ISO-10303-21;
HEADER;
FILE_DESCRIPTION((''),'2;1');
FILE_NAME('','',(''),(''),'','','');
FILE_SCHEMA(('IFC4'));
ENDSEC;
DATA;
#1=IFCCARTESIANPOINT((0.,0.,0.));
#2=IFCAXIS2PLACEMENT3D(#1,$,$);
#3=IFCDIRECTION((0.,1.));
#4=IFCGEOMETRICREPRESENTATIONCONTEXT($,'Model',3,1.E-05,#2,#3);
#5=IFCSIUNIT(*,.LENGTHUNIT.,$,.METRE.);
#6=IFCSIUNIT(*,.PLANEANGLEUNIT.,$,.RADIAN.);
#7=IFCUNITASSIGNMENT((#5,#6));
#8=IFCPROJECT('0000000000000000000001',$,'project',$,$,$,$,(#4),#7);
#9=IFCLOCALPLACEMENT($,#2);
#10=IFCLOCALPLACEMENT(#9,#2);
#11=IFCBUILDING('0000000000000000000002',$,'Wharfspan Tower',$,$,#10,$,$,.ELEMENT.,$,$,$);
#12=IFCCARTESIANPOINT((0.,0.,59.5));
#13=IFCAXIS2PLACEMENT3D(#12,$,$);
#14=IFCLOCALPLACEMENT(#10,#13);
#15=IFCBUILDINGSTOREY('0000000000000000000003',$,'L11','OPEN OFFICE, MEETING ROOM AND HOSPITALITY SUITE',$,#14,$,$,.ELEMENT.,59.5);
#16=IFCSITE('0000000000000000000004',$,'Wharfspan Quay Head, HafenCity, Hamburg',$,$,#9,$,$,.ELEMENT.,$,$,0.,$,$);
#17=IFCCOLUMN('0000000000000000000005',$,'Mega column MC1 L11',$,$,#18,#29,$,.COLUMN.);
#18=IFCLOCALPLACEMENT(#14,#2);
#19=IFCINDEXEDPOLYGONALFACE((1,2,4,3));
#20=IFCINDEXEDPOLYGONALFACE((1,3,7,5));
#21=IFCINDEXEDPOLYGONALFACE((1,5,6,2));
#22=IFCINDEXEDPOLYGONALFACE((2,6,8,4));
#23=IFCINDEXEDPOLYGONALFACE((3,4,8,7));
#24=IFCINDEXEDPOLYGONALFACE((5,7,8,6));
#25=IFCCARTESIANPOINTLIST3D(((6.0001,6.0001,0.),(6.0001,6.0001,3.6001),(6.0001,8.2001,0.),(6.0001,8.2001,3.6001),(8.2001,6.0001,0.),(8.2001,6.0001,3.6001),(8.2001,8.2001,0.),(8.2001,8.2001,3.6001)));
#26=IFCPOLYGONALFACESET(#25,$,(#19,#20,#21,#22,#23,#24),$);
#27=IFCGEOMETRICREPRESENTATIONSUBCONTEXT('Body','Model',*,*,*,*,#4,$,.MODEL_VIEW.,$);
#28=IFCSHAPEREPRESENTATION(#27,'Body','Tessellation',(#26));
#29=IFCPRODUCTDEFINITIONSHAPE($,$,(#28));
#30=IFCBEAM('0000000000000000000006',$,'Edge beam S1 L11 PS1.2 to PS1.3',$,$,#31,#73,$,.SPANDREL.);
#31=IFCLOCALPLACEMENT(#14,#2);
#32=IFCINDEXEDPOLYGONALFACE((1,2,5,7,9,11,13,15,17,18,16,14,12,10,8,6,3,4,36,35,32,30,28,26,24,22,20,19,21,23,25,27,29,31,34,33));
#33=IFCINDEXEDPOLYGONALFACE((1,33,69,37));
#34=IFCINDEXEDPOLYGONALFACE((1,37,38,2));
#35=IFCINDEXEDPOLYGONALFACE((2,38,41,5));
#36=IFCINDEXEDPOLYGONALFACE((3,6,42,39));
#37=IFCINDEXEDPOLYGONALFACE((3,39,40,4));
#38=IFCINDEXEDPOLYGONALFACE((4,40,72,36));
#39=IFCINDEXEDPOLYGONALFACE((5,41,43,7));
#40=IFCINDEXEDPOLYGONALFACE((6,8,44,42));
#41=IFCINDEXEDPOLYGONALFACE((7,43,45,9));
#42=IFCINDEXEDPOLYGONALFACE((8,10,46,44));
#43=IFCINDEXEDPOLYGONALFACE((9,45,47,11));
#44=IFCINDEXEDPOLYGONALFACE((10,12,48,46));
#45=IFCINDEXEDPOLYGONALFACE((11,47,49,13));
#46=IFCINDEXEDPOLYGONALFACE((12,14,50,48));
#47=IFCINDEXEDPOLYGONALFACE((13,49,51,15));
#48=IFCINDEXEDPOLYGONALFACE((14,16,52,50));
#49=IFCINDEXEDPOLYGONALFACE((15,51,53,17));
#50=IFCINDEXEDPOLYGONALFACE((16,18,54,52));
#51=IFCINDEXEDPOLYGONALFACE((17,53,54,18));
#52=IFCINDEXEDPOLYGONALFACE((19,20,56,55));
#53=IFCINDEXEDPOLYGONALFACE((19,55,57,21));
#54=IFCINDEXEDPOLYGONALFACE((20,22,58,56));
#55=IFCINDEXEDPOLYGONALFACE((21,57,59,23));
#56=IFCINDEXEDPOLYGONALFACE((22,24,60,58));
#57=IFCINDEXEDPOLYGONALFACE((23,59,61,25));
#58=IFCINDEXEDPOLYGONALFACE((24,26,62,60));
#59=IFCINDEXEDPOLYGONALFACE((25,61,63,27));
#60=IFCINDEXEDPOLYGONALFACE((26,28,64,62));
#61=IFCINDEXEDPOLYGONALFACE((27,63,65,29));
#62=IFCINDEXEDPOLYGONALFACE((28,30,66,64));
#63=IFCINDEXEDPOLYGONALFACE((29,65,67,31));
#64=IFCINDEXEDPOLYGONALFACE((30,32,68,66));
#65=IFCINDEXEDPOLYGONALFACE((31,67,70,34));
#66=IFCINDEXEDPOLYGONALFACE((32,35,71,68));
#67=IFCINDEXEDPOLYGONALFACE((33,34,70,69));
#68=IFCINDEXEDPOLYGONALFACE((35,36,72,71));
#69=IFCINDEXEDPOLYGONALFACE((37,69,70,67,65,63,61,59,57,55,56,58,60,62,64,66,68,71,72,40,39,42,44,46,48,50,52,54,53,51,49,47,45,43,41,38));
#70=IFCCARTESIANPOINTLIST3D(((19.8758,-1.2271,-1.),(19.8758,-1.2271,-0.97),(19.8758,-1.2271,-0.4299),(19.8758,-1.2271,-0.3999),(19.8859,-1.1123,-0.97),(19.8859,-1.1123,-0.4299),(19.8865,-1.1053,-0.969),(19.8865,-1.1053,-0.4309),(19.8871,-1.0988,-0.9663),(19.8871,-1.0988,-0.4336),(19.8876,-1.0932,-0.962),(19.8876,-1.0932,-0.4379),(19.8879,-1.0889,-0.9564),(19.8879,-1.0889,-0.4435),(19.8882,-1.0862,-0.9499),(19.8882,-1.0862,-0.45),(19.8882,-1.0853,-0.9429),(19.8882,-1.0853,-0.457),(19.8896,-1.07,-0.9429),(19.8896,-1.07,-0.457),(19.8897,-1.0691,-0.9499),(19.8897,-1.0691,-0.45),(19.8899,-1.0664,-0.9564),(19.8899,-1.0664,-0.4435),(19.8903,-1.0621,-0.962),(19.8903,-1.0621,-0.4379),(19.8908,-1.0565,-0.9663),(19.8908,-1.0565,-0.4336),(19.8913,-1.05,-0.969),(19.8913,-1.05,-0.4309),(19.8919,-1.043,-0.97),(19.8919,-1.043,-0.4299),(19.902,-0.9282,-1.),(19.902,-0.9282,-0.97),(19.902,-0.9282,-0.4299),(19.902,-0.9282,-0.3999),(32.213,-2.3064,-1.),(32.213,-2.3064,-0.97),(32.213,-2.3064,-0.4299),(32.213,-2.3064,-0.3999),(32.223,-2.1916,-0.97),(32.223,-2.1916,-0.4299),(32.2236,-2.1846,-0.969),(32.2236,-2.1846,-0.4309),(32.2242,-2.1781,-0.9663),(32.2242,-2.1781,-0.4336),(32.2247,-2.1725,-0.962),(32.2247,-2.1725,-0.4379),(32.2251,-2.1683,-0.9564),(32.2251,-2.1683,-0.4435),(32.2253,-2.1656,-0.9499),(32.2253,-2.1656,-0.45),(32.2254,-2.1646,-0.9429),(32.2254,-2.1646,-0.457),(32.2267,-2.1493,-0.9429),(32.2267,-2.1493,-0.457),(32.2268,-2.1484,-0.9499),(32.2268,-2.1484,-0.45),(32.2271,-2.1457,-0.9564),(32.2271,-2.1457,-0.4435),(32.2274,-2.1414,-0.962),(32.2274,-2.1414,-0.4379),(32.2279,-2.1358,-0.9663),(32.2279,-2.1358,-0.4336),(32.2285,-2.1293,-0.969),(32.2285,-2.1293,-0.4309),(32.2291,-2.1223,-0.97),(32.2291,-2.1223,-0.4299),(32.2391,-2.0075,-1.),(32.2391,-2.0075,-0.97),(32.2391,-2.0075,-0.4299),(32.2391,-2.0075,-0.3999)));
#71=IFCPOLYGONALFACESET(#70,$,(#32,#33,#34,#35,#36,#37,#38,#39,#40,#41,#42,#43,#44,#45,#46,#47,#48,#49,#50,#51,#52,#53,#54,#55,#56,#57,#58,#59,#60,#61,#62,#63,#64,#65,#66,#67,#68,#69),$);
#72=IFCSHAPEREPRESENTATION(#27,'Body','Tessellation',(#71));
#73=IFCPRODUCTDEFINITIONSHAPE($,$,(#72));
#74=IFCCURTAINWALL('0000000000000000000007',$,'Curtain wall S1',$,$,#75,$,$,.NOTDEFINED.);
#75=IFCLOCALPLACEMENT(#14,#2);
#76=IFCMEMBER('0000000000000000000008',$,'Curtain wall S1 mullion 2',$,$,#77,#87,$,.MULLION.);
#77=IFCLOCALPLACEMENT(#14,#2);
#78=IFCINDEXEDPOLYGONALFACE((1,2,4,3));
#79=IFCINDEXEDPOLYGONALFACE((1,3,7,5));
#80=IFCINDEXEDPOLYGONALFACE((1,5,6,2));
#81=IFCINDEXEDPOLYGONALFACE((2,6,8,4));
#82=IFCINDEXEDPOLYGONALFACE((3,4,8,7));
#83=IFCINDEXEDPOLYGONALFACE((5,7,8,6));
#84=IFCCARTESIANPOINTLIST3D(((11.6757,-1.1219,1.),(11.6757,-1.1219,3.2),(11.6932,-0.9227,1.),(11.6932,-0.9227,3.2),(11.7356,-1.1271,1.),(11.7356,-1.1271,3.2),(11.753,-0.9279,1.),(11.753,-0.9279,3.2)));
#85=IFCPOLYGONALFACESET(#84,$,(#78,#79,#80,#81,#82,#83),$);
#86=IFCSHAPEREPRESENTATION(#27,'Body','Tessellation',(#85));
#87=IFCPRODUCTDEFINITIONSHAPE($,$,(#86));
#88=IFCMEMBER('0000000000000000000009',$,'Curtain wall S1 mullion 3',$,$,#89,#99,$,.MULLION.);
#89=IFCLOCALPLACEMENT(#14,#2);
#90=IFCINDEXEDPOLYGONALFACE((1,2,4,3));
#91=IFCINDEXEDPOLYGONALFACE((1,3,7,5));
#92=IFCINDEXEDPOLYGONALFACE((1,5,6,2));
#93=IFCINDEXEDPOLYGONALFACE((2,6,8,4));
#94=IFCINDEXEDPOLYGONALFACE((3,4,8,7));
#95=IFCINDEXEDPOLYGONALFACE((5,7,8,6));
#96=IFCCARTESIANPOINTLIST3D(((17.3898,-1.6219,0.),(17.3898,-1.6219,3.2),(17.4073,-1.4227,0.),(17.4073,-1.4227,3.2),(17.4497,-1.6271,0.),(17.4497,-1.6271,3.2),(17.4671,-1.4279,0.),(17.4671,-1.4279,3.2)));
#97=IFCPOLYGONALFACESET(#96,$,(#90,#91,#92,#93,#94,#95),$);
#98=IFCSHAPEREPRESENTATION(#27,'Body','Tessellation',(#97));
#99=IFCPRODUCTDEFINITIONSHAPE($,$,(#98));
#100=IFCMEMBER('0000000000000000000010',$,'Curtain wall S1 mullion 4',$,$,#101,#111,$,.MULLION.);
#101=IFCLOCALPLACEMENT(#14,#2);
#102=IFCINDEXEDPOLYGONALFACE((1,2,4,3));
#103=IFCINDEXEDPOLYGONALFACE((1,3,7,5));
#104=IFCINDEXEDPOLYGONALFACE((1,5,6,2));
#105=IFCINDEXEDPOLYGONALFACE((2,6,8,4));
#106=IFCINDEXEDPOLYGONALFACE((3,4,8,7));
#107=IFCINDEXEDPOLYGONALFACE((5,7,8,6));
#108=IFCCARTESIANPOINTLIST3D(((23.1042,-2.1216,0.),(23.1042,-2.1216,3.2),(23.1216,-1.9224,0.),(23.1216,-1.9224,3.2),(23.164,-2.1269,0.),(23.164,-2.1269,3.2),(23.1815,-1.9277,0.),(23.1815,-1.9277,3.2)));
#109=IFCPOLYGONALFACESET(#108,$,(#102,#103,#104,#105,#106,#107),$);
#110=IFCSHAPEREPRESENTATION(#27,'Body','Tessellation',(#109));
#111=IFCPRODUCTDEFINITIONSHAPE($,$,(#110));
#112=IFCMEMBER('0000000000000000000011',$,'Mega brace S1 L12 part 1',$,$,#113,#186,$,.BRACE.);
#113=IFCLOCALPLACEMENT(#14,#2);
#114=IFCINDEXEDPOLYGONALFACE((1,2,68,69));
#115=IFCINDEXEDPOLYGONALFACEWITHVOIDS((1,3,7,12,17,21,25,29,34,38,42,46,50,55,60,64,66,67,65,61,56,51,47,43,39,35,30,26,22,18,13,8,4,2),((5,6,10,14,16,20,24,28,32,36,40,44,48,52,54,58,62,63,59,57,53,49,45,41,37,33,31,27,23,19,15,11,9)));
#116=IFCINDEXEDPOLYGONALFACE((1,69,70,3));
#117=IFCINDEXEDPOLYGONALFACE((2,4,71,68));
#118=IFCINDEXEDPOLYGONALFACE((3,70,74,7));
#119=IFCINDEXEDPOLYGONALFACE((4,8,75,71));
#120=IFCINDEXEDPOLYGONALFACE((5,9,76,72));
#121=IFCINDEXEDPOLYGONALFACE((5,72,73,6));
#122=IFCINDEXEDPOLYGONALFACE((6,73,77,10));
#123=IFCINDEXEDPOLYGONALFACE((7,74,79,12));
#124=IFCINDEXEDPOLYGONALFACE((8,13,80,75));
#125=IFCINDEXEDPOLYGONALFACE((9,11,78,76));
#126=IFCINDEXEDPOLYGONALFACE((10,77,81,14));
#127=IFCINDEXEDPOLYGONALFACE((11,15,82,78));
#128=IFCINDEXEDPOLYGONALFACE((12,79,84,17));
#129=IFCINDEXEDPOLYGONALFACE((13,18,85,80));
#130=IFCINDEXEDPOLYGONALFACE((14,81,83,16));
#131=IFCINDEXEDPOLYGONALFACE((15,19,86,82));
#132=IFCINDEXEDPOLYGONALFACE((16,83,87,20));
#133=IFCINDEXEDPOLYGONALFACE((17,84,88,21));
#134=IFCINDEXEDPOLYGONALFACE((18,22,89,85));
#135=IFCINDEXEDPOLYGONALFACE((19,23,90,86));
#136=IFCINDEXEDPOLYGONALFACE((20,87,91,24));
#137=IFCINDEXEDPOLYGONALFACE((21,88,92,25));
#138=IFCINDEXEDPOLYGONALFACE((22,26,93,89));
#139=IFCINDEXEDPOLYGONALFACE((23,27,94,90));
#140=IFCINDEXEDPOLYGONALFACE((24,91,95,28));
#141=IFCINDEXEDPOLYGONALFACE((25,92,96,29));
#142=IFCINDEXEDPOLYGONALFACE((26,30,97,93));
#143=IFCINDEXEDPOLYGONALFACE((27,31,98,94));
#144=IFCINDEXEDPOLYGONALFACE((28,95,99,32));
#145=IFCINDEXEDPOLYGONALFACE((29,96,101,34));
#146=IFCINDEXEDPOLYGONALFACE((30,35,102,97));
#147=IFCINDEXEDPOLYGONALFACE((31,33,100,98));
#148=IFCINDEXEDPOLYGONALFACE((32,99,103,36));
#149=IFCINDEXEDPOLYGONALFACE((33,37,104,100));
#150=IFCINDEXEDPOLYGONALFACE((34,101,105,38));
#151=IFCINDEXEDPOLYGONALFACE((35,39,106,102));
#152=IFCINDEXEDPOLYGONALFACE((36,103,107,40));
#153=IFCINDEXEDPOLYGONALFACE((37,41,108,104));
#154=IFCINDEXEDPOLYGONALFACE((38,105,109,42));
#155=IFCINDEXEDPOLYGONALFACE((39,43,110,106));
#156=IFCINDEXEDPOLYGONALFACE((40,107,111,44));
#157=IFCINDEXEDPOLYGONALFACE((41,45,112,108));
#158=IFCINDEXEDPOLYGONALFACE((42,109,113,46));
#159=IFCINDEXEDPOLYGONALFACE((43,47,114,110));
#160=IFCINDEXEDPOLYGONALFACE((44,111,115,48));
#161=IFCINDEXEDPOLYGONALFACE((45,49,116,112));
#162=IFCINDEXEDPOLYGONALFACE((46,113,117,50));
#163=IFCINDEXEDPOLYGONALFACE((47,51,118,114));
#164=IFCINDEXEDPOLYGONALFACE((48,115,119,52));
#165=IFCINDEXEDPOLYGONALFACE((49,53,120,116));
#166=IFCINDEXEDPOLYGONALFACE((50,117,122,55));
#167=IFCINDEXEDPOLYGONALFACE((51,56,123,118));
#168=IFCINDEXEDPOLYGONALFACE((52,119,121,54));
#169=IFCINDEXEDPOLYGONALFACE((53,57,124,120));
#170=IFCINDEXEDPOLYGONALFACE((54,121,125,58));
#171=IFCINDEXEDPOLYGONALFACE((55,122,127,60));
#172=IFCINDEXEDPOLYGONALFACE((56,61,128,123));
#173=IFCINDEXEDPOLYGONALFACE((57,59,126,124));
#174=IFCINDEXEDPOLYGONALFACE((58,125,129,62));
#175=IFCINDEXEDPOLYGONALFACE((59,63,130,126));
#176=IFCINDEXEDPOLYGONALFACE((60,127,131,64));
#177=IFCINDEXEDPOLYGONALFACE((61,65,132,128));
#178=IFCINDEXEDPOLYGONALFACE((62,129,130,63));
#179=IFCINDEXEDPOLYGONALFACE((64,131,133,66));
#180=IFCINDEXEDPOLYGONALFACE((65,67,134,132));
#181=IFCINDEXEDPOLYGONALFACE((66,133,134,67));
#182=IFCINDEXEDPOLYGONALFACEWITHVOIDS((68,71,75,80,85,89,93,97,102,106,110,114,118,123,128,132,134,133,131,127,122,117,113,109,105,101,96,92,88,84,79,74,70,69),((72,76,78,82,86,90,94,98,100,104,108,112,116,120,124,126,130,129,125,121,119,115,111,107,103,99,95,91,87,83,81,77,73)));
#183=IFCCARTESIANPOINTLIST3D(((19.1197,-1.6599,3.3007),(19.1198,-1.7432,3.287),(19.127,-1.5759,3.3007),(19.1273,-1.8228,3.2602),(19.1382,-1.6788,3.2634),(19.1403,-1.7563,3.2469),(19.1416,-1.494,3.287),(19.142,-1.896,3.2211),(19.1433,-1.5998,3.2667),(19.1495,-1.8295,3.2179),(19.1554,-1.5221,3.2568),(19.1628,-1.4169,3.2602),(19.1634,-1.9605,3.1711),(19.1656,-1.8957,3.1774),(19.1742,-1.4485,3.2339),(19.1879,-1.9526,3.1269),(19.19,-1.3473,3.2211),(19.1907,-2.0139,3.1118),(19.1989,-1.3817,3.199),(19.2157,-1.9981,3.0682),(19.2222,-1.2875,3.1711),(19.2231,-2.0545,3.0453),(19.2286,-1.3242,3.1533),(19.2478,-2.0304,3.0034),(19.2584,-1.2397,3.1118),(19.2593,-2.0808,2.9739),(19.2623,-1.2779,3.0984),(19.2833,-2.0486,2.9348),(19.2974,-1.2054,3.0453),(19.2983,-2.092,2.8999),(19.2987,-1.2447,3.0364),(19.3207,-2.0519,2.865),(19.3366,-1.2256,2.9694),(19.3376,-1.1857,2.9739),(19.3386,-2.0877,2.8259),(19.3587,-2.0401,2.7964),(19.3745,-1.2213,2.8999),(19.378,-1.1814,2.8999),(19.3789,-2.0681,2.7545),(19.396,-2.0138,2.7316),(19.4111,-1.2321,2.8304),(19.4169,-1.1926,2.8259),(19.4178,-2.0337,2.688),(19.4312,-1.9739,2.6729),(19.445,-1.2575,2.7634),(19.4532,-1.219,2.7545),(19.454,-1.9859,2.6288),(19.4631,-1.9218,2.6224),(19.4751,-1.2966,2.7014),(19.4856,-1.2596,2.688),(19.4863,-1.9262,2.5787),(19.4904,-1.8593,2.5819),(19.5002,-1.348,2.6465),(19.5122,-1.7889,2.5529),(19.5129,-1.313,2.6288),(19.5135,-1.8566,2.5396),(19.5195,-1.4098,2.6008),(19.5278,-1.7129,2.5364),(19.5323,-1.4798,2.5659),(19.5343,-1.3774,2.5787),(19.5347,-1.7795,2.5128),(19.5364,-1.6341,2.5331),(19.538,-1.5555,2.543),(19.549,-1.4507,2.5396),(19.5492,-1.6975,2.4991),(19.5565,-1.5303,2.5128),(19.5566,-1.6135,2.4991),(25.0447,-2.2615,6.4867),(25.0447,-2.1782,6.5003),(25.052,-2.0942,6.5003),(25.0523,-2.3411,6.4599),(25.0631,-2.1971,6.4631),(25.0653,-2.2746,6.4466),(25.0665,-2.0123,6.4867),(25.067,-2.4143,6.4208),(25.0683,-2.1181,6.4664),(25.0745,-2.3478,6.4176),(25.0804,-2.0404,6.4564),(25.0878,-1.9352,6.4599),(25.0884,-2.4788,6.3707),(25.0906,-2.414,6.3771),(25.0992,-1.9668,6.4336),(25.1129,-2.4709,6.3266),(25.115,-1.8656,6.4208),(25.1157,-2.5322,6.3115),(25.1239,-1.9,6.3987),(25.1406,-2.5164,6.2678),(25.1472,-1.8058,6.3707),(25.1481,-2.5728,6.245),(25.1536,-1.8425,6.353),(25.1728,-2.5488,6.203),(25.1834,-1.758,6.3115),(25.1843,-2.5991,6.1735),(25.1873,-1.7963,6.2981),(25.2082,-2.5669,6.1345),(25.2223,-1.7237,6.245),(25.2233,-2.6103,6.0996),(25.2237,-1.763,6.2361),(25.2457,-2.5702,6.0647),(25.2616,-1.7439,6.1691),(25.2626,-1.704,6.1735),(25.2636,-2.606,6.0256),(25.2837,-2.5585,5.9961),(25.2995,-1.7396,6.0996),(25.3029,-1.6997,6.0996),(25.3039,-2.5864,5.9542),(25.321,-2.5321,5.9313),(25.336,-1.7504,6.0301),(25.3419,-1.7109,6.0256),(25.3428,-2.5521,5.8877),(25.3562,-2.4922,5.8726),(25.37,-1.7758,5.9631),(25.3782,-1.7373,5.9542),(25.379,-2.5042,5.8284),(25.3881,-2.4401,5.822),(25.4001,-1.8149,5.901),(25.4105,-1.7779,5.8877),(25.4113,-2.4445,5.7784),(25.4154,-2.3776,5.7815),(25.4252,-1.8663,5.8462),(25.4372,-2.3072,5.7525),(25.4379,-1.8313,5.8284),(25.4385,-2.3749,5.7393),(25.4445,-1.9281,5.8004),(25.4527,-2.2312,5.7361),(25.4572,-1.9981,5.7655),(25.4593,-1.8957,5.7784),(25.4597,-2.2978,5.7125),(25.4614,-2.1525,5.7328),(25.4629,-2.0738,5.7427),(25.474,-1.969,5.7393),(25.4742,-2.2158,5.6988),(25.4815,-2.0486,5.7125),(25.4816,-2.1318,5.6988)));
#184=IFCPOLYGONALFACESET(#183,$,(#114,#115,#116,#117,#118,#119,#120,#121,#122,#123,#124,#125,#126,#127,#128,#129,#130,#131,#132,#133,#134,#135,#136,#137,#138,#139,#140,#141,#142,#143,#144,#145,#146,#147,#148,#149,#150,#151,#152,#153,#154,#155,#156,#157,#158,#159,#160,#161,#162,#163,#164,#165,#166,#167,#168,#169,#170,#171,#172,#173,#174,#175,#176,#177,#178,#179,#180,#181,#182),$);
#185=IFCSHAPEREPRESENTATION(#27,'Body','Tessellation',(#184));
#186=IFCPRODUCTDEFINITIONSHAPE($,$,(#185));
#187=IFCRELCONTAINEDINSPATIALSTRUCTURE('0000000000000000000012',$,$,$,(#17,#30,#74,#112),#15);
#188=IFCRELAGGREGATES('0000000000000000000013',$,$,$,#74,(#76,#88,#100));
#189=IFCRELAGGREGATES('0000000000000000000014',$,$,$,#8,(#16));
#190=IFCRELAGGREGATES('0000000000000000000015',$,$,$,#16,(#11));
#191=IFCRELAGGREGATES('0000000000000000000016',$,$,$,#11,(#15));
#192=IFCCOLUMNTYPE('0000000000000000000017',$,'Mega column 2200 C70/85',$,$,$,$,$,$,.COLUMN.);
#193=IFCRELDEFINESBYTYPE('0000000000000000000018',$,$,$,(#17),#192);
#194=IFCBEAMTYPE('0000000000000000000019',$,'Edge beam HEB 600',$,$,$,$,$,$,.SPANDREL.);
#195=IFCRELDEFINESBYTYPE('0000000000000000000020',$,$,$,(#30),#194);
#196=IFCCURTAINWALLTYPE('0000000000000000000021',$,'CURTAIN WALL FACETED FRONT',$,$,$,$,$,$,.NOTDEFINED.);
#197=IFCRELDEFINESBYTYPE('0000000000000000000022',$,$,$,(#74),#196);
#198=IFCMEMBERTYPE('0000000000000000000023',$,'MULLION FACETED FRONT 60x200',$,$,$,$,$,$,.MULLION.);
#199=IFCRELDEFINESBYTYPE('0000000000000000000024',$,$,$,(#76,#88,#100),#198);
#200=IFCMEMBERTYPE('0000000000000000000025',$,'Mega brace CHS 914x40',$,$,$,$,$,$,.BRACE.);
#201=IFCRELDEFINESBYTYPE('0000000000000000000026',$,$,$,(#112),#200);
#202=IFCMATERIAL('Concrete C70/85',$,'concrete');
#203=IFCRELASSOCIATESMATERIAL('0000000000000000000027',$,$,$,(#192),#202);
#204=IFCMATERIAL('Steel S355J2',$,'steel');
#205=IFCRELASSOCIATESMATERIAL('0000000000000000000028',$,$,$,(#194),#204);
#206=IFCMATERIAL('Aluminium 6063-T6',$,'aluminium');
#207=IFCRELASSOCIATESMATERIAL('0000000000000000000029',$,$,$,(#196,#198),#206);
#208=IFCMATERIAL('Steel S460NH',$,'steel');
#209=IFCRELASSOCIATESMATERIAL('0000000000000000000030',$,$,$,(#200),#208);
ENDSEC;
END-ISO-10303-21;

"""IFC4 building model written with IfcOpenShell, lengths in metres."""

from ifc_helpers import new_model, si_unit, direction, frame, origin, origin_2d, place, context, subcontext, project, spatial, rectangle, hollow_circle, i_section, extrude, material, material_profile, profile_set, type_object, element, aggregate, save


model = new_model("IFC4")

# Units and contexts
model_context = context("Model", 3, precision=1e-05, world=origin(), true_north=direction((0.0, 1.0)))
body_context = subcontext(model_context, "Body", "Model", "MODEL_VIEW")
ifc_project = project(units=[si_unit("LENGTHUNIT", "METRE"), si_unit("PLANEANGLEUNIT", "RADIAN")], contexts=[model_context])

# Site, building, storey
site_placement = place(None, origin())
site = spatial("IfcSite", under=ifc_project, at=site_placement, Name="Wharfspan Quay Head, HafenCity, Hamburg", CompositionType="ELEMENT", RefElevation=0.0)
building_placement = place(site_placement, origin())
building = spatial("IfcBuilding", under=site, at=building_placement, Name="Wharfspan Tower", CompositionType="ELEMENT")
storey_placement = place(building_placement, frame((0.0, 0.0, 59.5)))
storey = spatial("IfcBuildingStorey", under=building, at=storey_placement, Name="L11", Description="OPEN OFFICE, MEETING ROOM AND HOSPITALITY SUITE", CompositionType="ELEMENT", Elevation=59.5)

# Column
ifc_material_1 = material(Name="Steel S355J2", Category="steel")
ifc_material_2 = material(Name="Concrete C70/85", Category="concrete")
ifc_material_profile_1 = material_profile(ifc_material_2, rectangle(XDim=2.2, YDim=2.2, at=origin_2d()))
ifc_profile_set_1 = profile_set([ifc_material_profile_1], Name="Concrete C70/85")
column_type_1 = type_object("IfcColumnType", Name="Mega column 2200 C70/85", PredefinedType="COLUMN", material=ifc_profile_set_1)
column_placement = place(storey_placement, frame((7.1001, 7.1001, 0.0), z_axis=(0.0, 0.0, 1.0), x_axis=(1.0, 0.0, 0.0)))
element("IfcColumn", 1, at=column_placement, inside=storey, type_object=column_type_1, Name="Mega column MC1 L11", PredefinedType="COLUMN", context=body_context, shape_type="SweptSolid", body=[
    extrude(rectangle(XDim=2.2, YDim=2.2, at=origin_2d()), origin(), (0.0, 0.0, 1.0), 3.6001),
])

# Beam
ifc_material_profile_2 = material_profile(ifc_material_1, i_section(OverallWidth=0.3, OverallDepth=0.6001, WebThickness=0.0154, FlangeThickness=0.03, FilletRadius=0.0271, at=origin_2d()))
ifc_profile_set_2 = profile_set([ifc_material_profile_2], Name="Steel S355J2")
beam_type = type_object("IfcBeamType", Name="Edge beam HEB 600", PredefinedType="SPANDREL", material=ifc_profile_set_2)
beam_placement = place(storey_placement, frame((19.8889, -1.0776, -0.7), z_axis=(0.996195, -0.087154, 0.0), x_axis=(0.087154, 0.996195, 0.0)))
element("IfcBeam", 2, at=beam_placement, inside=storey, type_object=beam_type, Name="Edge beam S1 L11 PS1.2 to PS1.3", PredefinedType="SPANDREL", context=body_context, shape_type="SweptSolid", body=[
    extrude(i_section(OverallWidth=0.3, OverallDepth=0.6001, WebThickness=0.0154, FlangeThickness=0.03, FilletRadius=0.0271, at=origin_2d()), origin(), (0.0, 0.0, 1.0), 12.3843),
])

# Curtain wall, members
ifc_material_3 = material(Name="Aluminium 6063-T6", Category="aluminium")
curtain_wall_type = type_object("IfcCurtainWallType", Name="CURTAIN WALL FACETED FRONT", PredefinedType="NOTDEFINED", material=ifc_material_3)
curtain_wall_placement = place(storey_placement, origin())
curtain_wall = element("IfcCurtainWall", 3, at=curtain_wall_placement, inside=storey, type_object=curtain_wall_type, Name="Curtain wall S1", PredefinedType="NOTDEFINED")
ifc_material_profile_3 = material_profile(ifc_material_3, rectangle(XDim=0.2, YDim=0.0601, at=origin_2d()))
ifc_profile_set_3 = profile_set([ifc_material_profile_3], Name="Aluminium 6063-T6")
member_type_1 = type_object("IfcMemberType", Name="MULLION FACETED FRONT 60x200", PredefinedType="MULLION", material=ifc_profile_set_3)
member_1_placement = place(storey_placement, frame((11.7144, -1.0249, 1.0), z_axis=(0.0, 0.0, 1.0), x_axis=(0.087156, 0.996197, 0.0)))
member_1 = element("IfcMember", 4, at=member_1_placement, type_object=member_type_1, Name="Curtain wall S1 mullion 2", PredefinedType="MULLION", context=body_context, shape_type="SweptSolid", body=[
    extrude(rectangle(XDim=0.2, YDim=0.0601, at=origin_2d()), origin(), (0.0, 0.0, 1.0), 2.2),
])
member_2_placement = place(storey_placement, frame((17.4285, -1.5249, 0.0), z_axis=(0.0, 0.0, 1.0), x_axis=(0.087156, 0.996197, 0.0)))
member_2 = element("IfcMember", 5, at=member_2_placement, type_object=member_type_1, Name="Curtain wall S1 mullion 3", PredefinedType="MULLION", context=body_context, shape_type="SweptSolid", body=[
    extrude(rectangle(XDim=0.2, YDim=0.0601, at=origin_2d()), origin(), (0.0, 0.0, 1.0), 3.2),
])
member_3_placement = place(storey_placement, frame((23.1428, -2.0247, 0.0), z_axis=(0.0, 0.0, 1.0), x_axis=(0.087156, 0.996197, 0.0)))
member_3 = element("IfcMember", 6, at=member_3_placement, type_object=member_type_1, Name="Curtain wall S1 mullion 4", PredefinedType="MULLION", context=body_context, shape_type="SweptSolid", body=[
    extrude(rectangle(XDim=0.2, YDim=0.0601, at=origin_2d()), origin(), (0.0, 0.0, 1.0), 3.2),
])

# Member
ifc_material_4 = material(Name="Steel S460NH", Category="steel")
ifc_material_profile_4 = material_profile(ifc_material_4, hollow_circle(Radius=0.457, WallThickness=0.04, at=origin_2d()))
ifc_profile_set_4 = profile_set([ifc_material_profile_4], Name="Steel S460NH")
member_type_2 = type_object("IfcMemberType", Name="Mega brace CHS 914x40", PredefinedType="BRACE", material=ifc_profile_set_4)
member_4_placement = place(storey_placement, frame((19.3381, -1.6367, 2.8999), z_axis=(0.877299, -0.076744, 0.473768), x_axis=(0.087145, 0.996198, 0.0)))
element("IfcMember", 7, at=member_4_placement, inside=storey, type_object=member_type_2, Name="Mega brace S1 L12 part 1", PredefinedType="BRACE", context=body_context, shape_type="SweptSolid", body=[
    extrude(hollow_circle(Radius=0.457, WallThickness=0.04, at=origin_2d()), origin(), (0.0, 0.0, 1.0), 6.7537),
])

aggregate(curtain_wall, [member_1, member_2, member_3])

save(model, "model.ifc")
